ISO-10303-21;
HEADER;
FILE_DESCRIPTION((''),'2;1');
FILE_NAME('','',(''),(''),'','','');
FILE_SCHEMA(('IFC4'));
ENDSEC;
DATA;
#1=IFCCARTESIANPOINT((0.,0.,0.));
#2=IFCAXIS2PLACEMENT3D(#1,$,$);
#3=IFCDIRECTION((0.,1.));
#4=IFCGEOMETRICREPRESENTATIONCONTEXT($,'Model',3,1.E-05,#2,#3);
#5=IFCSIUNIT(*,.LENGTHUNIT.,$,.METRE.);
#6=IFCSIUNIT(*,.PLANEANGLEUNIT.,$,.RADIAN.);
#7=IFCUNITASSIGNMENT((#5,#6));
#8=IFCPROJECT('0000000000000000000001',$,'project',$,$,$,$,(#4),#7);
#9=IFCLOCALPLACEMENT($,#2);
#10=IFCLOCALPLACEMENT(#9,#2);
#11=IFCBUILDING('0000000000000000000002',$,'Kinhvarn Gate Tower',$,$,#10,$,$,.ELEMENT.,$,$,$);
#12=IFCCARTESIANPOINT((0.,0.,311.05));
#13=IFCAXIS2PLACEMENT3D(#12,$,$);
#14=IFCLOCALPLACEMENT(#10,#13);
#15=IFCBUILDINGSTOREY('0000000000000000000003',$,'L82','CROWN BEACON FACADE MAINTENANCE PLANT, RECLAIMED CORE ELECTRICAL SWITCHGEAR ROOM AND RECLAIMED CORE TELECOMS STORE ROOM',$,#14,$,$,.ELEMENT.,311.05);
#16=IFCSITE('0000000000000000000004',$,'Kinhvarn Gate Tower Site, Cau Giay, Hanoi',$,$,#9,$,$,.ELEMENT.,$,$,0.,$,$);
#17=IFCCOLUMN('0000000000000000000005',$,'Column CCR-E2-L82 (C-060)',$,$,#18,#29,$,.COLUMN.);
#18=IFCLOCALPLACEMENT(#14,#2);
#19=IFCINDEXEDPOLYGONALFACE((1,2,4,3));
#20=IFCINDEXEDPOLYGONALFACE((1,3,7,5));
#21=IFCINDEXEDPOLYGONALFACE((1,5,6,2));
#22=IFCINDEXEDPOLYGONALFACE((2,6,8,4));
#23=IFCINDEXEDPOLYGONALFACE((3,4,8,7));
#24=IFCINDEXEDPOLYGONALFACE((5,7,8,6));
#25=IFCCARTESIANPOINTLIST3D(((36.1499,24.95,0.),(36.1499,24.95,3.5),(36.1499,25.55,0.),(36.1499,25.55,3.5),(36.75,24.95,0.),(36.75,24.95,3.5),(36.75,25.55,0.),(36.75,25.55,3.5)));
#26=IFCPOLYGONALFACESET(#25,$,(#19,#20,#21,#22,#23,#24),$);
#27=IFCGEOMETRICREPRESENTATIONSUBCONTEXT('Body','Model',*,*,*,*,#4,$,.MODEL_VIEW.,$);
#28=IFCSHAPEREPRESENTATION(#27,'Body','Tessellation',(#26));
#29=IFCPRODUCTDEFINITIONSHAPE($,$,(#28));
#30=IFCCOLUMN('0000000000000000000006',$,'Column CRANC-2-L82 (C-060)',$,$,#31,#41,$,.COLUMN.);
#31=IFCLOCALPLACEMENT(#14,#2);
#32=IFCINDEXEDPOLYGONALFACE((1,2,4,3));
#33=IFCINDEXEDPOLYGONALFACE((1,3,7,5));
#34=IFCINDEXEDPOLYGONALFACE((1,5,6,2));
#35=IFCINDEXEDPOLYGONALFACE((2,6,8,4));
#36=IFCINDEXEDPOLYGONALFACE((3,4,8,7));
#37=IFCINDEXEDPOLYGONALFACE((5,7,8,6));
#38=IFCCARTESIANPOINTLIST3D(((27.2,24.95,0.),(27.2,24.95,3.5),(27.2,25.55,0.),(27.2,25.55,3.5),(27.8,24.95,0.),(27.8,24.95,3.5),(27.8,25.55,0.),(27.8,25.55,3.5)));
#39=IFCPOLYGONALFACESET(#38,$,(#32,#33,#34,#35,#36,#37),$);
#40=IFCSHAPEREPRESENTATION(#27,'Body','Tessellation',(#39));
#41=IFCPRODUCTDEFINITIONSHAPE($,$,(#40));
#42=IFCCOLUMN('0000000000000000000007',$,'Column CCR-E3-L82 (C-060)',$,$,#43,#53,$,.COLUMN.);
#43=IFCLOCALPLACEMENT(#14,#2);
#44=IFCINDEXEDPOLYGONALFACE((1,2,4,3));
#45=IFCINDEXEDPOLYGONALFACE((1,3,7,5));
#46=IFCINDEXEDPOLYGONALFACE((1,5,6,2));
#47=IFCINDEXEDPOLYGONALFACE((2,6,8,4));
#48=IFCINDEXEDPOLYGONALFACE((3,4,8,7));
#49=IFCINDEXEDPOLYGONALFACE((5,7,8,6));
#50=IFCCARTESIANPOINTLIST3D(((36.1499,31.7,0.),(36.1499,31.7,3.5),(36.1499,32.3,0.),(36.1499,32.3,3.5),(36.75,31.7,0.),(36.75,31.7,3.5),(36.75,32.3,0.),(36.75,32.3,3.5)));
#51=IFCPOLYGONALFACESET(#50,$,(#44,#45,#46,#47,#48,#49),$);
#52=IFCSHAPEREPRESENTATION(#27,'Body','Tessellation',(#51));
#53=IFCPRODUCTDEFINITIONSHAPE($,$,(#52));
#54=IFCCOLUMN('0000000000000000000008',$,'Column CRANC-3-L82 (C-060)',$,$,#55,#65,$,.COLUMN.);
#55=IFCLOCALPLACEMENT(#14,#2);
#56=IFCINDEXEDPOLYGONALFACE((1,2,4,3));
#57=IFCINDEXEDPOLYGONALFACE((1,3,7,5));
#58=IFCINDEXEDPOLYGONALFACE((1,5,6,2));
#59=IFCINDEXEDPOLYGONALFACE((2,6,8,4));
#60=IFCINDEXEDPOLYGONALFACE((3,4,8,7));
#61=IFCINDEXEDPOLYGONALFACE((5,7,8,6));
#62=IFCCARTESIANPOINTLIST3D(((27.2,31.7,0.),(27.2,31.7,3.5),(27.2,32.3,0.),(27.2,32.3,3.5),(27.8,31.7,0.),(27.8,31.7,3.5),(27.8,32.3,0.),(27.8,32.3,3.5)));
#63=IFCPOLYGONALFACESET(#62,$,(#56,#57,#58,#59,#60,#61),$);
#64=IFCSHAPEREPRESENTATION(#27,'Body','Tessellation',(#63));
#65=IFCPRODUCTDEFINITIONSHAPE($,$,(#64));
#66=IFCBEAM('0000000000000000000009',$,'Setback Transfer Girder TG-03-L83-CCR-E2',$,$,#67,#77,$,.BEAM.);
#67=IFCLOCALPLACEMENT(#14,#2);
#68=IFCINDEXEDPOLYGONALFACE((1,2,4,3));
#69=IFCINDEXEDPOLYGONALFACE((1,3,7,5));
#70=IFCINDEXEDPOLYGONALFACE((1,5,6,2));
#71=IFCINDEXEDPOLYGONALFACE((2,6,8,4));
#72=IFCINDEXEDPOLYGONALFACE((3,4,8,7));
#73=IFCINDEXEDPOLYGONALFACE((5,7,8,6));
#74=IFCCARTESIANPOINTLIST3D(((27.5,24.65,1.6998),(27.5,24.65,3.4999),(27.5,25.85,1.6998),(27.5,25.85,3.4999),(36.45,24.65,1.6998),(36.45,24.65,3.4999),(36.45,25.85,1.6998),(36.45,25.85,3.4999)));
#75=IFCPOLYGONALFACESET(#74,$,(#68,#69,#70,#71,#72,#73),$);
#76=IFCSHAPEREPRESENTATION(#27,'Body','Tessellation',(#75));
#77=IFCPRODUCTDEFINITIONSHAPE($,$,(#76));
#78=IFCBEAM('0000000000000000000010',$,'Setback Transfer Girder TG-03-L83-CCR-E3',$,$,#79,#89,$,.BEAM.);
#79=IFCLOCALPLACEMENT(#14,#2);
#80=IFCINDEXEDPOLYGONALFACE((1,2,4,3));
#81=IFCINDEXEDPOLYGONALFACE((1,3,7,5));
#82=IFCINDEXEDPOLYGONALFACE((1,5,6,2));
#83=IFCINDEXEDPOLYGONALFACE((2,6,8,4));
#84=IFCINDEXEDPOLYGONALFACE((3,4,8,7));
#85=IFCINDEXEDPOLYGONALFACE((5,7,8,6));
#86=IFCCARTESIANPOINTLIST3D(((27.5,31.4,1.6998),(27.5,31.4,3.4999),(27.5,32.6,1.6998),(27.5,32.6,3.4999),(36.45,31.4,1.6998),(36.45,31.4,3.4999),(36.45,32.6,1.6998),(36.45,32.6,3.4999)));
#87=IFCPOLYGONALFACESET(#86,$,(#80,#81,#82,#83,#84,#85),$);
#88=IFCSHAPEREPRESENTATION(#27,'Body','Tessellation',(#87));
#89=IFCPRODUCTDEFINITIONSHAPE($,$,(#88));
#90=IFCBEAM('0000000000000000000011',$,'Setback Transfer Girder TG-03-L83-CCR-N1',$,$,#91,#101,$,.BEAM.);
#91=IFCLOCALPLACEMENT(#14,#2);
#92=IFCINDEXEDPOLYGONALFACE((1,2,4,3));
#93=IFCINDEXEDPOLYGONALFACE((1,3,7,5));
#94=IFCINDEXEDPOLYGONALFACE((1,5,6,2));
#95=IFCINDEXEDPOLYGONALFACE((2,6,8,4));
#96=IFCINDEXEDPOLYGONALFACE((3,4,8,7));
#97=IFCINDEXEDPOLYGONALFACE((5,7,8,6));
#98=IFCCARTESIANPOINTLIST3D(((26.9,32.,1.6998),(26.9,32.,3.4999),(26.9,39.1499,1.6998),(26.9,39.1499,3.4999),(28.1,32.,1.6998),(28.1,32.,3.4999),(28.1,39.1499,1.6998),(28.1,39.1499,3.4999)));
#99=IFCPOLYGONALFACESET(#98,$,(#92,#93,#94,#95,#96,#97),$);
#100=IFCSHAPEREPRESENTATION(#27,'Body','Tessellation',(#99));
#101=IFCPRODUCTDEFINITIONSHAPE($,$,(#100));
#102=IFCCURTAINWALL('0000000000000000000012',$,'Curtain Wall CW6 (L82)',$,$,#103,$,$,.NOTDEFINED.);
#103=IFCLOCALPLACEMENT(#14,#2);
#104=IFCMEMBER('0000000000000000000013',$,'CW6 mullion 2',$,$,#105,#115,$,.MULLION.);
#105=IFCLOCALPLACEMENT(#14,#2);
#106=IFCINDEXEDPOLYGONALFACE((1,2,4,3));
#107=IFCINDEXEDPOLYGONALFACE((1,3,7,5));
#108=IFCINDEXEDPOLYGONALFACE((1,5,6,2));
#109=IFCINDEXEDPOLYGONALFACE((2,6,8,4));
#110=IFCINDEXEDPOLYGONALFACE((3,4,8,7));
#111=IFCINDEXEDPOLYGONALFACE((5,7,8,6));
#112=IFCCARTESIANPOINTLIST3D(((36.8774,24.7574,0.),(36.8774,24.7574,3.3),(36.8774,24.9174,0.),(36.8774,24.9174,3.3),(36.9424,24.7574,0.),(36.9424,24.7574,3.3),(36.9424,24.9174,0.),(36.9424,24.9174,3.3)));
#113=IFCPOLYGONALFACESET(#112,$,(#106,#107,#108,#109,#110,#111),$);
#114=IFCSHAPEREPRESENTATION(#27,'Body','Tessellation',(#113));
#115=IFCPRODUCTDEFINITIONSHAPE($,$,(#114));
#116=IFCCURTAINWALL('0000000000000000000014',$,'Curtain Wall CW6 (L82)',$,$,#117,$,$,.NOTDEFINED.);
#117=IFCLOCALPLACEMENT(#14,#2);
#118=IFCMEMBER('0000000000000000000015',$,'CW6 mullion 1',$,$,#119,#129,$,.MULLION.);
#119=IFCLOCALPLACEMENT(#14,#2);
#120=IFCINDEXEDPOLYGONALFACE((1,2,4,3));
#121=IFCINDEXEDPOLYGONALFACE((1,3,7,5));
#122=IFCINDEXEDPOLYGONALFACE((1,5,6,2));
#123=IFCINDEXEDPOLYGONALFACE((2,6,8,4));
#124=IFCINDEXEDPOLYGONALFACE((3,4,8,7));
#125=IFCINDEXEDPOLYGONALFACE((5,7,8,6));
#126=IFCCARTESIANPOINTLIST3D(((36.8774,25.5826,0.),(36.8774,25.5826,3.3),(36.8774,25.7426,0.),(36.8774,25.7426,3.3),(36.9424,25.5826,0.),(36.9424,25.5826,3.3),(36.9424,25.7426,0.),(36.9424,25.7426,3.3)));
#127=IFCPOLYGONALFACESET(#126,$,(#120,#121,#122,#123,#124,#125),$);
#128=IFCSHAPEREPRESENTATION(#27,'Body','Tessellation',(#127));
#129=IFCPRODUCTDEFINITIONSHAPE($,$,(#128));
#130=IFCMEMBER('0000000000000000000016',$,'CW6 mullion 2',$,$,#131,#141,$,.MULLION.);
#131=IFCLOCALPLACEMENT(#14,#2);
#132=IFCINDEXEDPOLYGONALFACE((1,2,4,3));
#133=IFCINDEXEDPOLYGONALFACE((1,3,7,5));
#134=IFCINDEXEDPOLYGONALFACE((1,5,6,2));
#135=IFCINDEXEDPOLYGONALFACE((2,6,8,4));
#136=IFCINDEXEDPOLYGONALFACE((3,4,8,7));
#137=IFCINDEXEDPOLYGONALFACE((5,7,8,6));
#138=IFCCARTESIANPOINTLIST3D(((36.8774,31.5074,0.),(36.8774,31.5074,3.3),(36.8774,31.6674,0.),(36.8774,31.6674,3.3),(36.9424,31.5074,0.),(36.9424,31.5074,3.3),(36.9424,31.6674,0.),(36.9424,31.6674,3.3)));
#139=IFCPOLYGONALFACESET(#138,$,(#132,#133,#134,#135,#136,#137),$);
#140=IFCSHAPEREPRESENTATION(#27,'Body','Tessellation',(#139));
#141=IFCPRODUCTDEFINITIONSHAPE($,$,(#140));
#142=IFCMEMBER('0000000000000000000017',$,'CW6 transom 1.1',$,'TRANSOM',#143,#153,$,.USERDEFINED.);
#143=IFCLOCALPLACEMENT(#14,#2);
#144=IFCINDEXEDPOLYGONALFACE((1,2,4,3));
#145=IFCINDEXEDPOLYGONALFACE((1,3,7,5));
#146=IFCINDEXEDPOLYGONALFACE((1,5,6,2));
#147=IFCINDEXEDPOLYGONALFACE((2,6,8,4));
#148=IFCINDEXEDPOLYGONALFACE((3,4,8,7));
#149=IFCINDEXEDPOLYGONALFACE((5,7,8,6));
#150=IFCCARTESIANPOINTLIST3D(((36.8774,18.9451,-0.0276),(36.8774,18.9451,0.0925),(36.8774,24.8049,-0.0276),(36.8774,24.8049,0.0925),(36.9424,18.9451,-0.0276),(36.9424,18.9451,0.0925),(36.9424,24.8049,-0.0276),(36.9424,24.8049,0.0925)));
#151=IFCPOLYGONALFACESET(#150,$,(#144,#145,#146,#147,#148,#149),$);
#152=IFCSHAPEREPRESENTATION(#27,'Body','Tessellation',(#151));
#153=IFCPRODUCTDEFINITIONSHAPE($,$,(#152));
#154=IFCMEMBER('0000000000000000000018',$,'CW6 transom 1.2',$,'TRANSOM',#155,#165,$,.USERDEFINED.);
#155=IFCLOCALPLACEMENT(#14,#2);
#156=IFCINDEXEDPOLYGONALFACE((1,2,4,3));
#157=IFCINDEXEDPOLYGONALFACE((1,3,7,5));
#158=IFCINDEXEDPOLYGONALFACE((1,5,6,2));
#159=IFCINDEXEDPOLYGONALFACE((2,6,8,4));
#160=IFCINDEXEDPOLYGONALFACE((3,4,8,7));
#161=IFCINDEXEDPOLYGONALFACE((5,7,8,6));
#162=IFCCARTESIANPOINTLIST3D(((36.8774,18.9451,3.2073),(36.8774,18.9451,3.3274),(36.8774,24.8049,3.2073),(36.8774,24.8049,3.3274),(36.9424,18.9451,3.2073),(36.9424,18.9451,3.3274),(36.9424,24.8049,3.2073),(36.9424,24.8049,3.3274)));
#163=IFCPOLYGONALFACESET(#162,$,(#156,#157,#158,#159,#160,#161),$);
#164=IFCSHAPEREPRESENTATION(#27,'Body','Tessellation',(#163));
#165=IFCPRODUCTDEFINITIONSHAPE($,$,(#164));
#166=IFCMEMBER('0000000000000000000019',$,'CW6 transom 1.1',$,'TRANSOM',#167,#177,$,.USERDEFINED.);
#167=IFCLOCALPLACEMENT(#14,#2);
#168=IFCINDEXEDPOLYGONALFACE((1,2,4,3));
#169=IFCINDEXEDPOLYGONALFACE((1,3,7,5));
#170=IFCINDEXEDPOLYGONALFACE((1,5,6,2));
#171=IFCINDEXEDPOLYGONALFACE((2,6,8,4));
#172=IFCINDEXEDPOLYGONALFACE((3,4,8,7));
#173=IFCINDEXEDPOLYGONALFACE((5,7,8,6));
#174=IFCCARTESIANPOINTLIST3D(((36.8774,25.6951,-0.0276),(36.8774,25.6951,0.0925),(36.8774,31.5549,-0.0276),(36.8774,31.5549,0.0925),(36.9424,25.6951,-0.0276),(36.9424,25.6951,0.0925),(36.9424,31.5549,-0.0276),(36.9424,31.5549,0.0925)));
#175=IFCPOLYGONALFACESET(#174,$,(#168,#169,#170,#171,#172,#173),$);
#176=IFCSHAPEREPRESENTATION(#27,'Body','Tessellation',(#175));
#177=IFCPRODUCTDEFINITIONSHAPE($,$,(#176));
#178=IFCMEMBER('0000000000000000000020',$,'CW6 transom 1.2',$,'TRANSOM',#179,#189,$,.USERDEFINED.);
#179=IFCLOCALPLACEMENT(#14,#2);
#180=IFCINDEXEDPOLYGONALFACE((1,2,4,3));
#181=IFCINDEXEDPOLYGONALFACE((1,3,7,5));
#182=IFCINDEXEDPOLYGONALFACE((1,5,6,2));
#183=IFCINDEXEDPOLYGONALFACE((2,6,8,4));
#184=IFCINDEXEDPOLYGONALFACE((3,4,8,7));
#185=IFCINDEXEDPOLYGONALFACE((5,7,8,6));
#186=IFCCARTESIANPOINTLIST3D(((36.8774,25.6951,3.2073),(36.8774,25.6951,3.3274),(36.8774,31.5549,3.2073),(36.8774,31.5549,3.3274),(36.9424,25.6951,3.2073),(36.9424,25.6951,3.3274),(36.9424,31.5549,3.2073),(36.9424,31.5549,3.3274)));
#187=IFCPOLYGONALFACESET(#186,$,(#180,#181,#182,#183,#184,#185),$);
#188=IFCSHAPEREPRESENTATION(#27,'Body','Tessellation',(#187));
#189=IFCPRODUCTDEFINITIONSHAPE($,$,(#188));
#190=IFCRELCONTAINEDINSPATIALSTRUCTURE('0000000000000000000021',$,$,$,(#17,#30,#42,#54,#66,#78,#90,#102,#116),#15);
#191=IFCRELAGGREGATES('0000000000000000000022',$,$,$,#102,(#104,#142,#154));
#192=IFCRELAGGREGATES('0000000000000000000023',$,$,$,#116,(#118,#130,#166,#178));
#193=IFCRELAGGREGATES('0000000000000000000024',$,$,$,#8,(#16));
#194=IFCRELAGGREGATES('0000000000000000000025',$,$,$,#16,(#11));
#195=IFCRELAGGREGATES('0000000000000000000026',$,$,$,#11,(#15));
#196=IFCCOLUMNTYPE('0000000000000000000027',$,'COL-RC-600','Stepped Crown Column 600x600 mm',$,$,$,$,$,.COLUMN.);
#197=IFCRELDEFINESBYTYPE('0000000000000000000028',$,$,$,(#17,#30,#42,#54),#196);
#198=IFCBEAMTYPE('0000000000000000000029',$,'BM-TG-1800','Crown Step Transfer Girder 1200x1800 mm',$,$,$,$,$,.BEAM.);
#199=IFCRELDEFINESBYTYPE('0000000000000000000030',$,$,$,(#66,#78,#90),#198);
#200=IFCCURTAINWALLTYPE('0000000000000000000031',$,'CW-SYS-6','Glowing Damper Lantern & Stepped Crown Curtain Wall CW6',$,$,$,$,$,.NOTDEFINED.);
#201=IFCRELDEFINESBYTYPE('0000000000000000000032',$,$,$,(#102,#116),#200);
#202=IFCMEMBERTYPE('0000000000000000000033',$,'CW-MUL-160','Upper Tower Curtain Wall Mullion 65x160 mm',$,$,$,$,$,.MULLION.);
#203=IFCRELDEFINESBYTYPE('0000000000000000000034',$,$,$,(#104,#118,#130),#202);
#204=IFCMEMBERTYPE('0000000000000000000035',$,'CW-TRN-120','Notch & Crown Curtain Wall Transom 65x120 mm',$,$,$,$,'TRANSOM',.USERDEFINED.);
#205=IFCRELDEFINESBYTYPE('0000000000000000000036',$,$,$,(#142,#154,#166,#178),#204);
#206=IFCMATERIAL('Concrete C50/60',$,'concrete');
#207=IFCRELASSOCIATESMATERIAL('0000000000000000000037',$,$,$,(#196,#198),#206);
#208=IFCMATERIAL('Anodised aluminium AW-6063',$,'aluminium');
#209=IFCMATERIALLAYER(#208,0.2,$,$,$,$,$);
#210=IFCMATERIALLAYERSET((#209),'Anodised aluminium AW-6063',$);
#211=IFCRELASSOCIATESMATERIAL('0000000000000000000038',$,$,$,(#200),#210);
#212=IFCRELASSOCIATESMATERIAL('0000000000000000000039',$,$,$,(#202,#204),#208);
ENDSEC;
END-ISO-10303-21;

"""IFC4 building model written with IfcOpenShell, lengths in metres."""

from ifc_helpers import new_model, si_unit, direction, frame, origin, origin_2d, place, context, subcontext, project, spatial, rectangle, extrude, material, layer, layer_set, material_profile, profile_set, type_object, element, aggregate, save


model = new_model("IFC4")

# Units and contexts
model_context = context("Model", 3, precision=1e-05, world=origin(), true_north=direction((0.0, 1.0)))
body_context = subcontext(model_context, "Body", "Model", "MODEL_VIEW")
ifc_project = project(units=[si_unit("LENGTHUNIT", "METRE"), si_unit("PLANEANGLEUNIT", "RADIAN")], contexts=[model_context])

# Site, building, storey
site_placement = place(None, origin())
site = spatial("IfcSite", under=ifc_project, at=site_placement, Name="Kinhvarn Gate Tower Site, Cau Giay, Hanoi", CompositionType="ELEMENT", RefElevation=0.0)
building_placement = place(site_placement, origin())
building = spatial("IfcBuilding", under=site, at=building_placement, Name="Kinhvarn Gate Tower", CompositionType="ELEMENT")
storey_placement = place(building_placement, frame((0.0, 0.0, 311.05)))
storey = spatial("IfcBuildingStorey", under=building, at=storey_placement, Name="L82", Description="CROWN BEACON FACADE MAINTENANCE PLANT, RECLAIMED CORE ELECTRICAL SWITCHGEAR ROOM AND RECLAIMED CORE TELECOMS STORE ROOM", CompositionType="ELEMENT", Elevation=311.05)

# Columns
ifc_material_1 = material(Name="Concrete C50/60", Category="concrete")
ifc_material_profile_1 = material_profile(ifc_material_1, rectangle(XDim=0.6001, YDim=0.6001, at=origin_2d()), Name="RC 600x600")
ifc_profile_set_1 = profile_set([ifc_material_profile_1], Name="Concrete C50/60")
column_type = type_object("IfcColumnType", Name="COL-RC-600", Description="Stepped Crown Column 600x600 mm", PredefinedType="COLUMN", material=ifc_profile_set_1)
for number, where, z_axis, x_axis, name in (
    (1, (36.45, 25.25, 0.0), (0.0, 0.0, 1.0), (1.0, 0.0, 0.0), "Column CCR-E2-L82 (C-060)"),
    (2, (27.5, 25.25, 0.0), (0.0, 0.0, 1.0), (1.0, 0.0, 0.0), "Column CRANC-2-L82 (C-060)"),
    (3, (36.45, 32.0, 0.0), (0.0, 0.0, 1.0), (1.0, 0.0, 0.0), "Column CCR-E3-L82 (C-060)"),
    (4, (27.5, 32.0, 0.0), (0.0, 0.0, 1.0), (1.0, 0.0, 0.0), "Column CRANC-3-L82 (C-060)"),
):
    element("IfcColumn", number, at=place(storey_placement, frame(where, z_axis=z_axis, x_axis=x_axis)), inside=storey, type_object=column_type, Name=name, PredefinedType="COLUMN", context=body_context, shape_type="SweptSolid", body=[
        extrude(rectangle(XDim=0.6001, YDim=0.6001, at=origin_2d()), origin(), (0.0, 0.0, 1.0), 3.5),
    ])

# Beams
ifc_material_profile_2 = material_profile(ifc_material_1, rectangle(XDim=1.2, YDim=1.8, at=origin_2d()), Name="RC 1200x1800")
ifc_profile_set_2 = profile_set([ifc_material_profile_2], Name="Concrete C50/60")
beam_type_1 = type_object("IfcBeamType", Name="BM-TG-1800", Description="Crown Step Transfer Girder 1200x1800 mm", PredefinedType="BEAM", material=ifc_profile_set_2)
for number, where, z_axis, x_axis, name in (
    (5, (27.5, 25.25, 2.5999), (1.0, 0.0, 0.0), (0.0, 1.0, 0.0), "Setback Transfer Girder TG-03-L83-CCR-E2"),
    (6, (27.5, 32.0, 2.5999), (1.0, 0.0, 0.0), (0.0, 1.0, 0.0), "Setback Transfer Girder TG-03-L83-CCR-E3"),
):
    element("IfcBeam", number, at=place(storey_placement, frame(where, z_axis=z_axis, x_axis=x_axis)), inside=storey, type_object=beam_type_1, Name=name, PredefinedType="BEAM", context=body_context, shape_type="SweptSolid", body=[
        extrude(rectangle(XDim=1.2, YDim=1.8, at=origin_2d()), origin(), (0.0, 0.0, 1.0), 8.95),
    ])
beam_1_placement = place(storey_placement, frame((27.5, 32.0, 2.5999), z_axis=(0.0, 1.0, 0.0), x_axis=(-1.0, 0.0, 0.0)))
element("IfcBeam", 7, at=beam_1_placement, inside=storey, type_object=beam_type_1, Name="Setback Transfer Girder TG-03-L83-CCR-N1", PredefinedType="BEAM", context=body_context, shape_type="SweptSolid", body=[
    extrude(rectangle(XDim=1.2, YDim=1.8, at=origin_2d()), origin(), (0.0, 0.0, 1.0), 7.1499),
])

# Curtain wall, member
ifc_material_2 = material(Name="Anodised aluminium AW-6063", Category="aluminium")
ifc_layer_1 = layer(ifc_material_2, 0.2)
ifc_layer_set_1 = layer_set([ifc_layer_1], Name="Anodised aluminium AW-6063")
curtain_wall_type = type_object("IfcCurtainWallType", Name="CW-SYS-6", Description="Glowing Damper Lantern & Stepped Crown Curtain Wall CW6", PredefinedType="NOTDEFINED", material=ifc_layer_set_1)
curtain_wall_1_placement = place(storey_placement, origin())
curtain_wall_1 = element("IfcCurtainWall", 8, at=curtain_wall_1_placement, inside=storey, type_object=curtain_wall_type, Name="Curtain Wall CW6 (L82)", PredefinedType="NOTDEFINED")
ifc_material_profile_3 = material_profile(ifc_material_2, rectangle(XDim=0.0649, YDim=0.1599, at=origin_2d()), Name="ALU 65x160")
ifc_profile_set_3 = profile_set([ifc_material_profile_3], Name="Anodised aluminium AW-6063")
member_type_1 = type_object("IfcMemberType", Name="CW-MUL-160", Description="Upper Tower Curtain Wall Mullion 65x160 mm", PredefinedType="MULLION", material=ifc_profile_set_3)
member_1_placement = place(storey_placement, frame((36.9099, 24.8374, 0.0), z_axis=(0.0, 0.0, 1.0), x_axis=(-1.0, 0.0, 0.0)))
member_1 = element("IfcMember", 9, at=member_1_placement, type_object=member_type_1, Name="CW6 mullion 2", PredefinedType="MULLION", context=body_context, shape_type="SweptSolid", body=[
    extrude(rectangle(XDim=0.0649, YDim=0.1599, at=origin_2d()), origin(), (0.0, 0.0, 1.0), 3.3),
])

# Curtain wall, members
curtain_wall_2_placement = place(storey_placement, origin())
curtain_wall_2 = element("IfcCurtainWall", 10, at=curtain_wall_2_placement, inside=storey, type_object=curtain_wall_type, Name="Curtain Wall CW6 (L82)", PredefinedType="NOTDEFINED")
member_2_placement = place(storey_placement, frame((36.9099, 25.6626, 0.0), z_axis=(0.0, 0.0, 1.0), x_axis=(-1.0, 0.0, 0.0)))
member_2 = element("IfcMember", 11, at=member_2_placement, type_object=member_type_1, Name="CW6 mullion 1", PredefinedType="MULLION", context=body_context, shape_type="SweptSolid", body=[
    extrude(rectangle(XDim=0.0649, YDim=0.1599, at=origin_2d()), origin(), (0.0, 0.0, 1.0), 3.3),
])
member_3_placement = place(storey_placement, frame((36.9099, 31.5874, 0.0), z_axis=(0.0, 0.0, 1.0), x_axis=(-1.0, 0.0, 0.0)))
member_3 = element("IfcMember", 12, at=member_3_placement, type_object=member_type_1, Name="CW6 mullion 2", PredefinedType="MULLION", context=body_context, shape_type="SweptSolid", body=[
    extrude(rectangle(XDim=0.0649, YDim=0.1599, at=origin_2d()), origin(), (0.0, 0.0, 1.0), 3.3),
])

# Members
ifc_material_profile_4 = material_profile(ifc_material_2, rectangle(XDim=0.0649, YDim=0.1201, at=origin_2d()), Name="ALU 65x120")
ifc_profile_set_4 = profile_set([ifc_material_profile_4], Name="Anodised aluminium AW-6063")
member_type_2 = type_object("IfcMemberType", Name="CW-TRN-120", Description="Notch & Crown Curtain Wall Transom 65x120 mm", ElementType="TRANSOM", PredefinedType="USERDEFINED", material=ifc_profile_set_4)
member_4_placement = place(storey_placement, frame((36.9099, 18.9451, 0.0325), z_axis=(0.0, 1.0, 0.0), x_axis=(-1.0, 0.0, 0.0)))
member_4 = element("IfcMember", 13, at=member_4_placement, type_object=member_type_2, Name="CW6 transom 1.1", ObjectType="TRANSOM", PredefinedType="USERDEFINED", context=body_context, shape_type="SweptSolid", body=[
    extrude(rectangle(XDim=0.0649, YDim=0.1201, at=origin_2d()), origin(), (0.0, 0.0, 1.0), 5.8599),
])
member_5_placement = place(storey_placement, frame((36.9099, 18.9451, 3.2673), z_axis=(0.0, 1.0, 0.0), x_axis=(-1.0, 0.0, 0.0)))
member_5 = element("IfcMember", 14, at=member_5_placement, type_object=member_type_2, Name="CW6 transom 1.2", ObjectType="TRANSOM", PredefinedType="USERDEFINED", context=body_context, shape_type="SweptSolid", body=[
    extrude(rectangle(XDim=0.0649, YDim=0.1201, at=origin_2d()), origin(), (0.0, 0.0, 1.0), 5.8599),
])
member_6_placement = place(storey_placement, frame((36.9099, 25.6951, 0.0325), z_axis=(0.0, 1.0, 0.0), x_axis=(-1.0, 0.0, 0.0)))
member_6 = element("IfcMember", 15, at=member_6_placement, type_object=member_type_2, Name="CW6 transom 1.1", ObjectType="TRANSOM", PredefinedType="USERDEFINED", context=body_context, shape_type="SweptSolid", body=[
    extrude(rectangle(XDim=0.0649, YDim=0.1201, at=origin_2d()), origin(), (0.0, 0.0, 1.0), 5.8599),
])
member_7_placement = place(storey_placement, frame((36.9099, 25.6951, 3.2673), z_axis=(0.0, 1.0, 0.0), x_axis=(-1.0, 0.0, 0.0)))
member_7 = element("IfcMember", 16, at=member_7_placement, type_object=member_type_2, Name="CW6 transom 1.2", ObjectType="TRANSOM", PredefinedType="USERDEFINED", context=body_context, shape_type="SweptSolid", body=[
    extrude(rectangle(XDim=0.0649, YDim=0.1201, at=origin_2d()), origin(), (0.0, 0.0, 1.0), 5.8599),
])

aggregate(curtain_wall_1, [member_1, member_4, member_5])
aggregate(curtain_wall_2, [member_2, member_3, member_6, member_7])

save(model, "model.ifc")
